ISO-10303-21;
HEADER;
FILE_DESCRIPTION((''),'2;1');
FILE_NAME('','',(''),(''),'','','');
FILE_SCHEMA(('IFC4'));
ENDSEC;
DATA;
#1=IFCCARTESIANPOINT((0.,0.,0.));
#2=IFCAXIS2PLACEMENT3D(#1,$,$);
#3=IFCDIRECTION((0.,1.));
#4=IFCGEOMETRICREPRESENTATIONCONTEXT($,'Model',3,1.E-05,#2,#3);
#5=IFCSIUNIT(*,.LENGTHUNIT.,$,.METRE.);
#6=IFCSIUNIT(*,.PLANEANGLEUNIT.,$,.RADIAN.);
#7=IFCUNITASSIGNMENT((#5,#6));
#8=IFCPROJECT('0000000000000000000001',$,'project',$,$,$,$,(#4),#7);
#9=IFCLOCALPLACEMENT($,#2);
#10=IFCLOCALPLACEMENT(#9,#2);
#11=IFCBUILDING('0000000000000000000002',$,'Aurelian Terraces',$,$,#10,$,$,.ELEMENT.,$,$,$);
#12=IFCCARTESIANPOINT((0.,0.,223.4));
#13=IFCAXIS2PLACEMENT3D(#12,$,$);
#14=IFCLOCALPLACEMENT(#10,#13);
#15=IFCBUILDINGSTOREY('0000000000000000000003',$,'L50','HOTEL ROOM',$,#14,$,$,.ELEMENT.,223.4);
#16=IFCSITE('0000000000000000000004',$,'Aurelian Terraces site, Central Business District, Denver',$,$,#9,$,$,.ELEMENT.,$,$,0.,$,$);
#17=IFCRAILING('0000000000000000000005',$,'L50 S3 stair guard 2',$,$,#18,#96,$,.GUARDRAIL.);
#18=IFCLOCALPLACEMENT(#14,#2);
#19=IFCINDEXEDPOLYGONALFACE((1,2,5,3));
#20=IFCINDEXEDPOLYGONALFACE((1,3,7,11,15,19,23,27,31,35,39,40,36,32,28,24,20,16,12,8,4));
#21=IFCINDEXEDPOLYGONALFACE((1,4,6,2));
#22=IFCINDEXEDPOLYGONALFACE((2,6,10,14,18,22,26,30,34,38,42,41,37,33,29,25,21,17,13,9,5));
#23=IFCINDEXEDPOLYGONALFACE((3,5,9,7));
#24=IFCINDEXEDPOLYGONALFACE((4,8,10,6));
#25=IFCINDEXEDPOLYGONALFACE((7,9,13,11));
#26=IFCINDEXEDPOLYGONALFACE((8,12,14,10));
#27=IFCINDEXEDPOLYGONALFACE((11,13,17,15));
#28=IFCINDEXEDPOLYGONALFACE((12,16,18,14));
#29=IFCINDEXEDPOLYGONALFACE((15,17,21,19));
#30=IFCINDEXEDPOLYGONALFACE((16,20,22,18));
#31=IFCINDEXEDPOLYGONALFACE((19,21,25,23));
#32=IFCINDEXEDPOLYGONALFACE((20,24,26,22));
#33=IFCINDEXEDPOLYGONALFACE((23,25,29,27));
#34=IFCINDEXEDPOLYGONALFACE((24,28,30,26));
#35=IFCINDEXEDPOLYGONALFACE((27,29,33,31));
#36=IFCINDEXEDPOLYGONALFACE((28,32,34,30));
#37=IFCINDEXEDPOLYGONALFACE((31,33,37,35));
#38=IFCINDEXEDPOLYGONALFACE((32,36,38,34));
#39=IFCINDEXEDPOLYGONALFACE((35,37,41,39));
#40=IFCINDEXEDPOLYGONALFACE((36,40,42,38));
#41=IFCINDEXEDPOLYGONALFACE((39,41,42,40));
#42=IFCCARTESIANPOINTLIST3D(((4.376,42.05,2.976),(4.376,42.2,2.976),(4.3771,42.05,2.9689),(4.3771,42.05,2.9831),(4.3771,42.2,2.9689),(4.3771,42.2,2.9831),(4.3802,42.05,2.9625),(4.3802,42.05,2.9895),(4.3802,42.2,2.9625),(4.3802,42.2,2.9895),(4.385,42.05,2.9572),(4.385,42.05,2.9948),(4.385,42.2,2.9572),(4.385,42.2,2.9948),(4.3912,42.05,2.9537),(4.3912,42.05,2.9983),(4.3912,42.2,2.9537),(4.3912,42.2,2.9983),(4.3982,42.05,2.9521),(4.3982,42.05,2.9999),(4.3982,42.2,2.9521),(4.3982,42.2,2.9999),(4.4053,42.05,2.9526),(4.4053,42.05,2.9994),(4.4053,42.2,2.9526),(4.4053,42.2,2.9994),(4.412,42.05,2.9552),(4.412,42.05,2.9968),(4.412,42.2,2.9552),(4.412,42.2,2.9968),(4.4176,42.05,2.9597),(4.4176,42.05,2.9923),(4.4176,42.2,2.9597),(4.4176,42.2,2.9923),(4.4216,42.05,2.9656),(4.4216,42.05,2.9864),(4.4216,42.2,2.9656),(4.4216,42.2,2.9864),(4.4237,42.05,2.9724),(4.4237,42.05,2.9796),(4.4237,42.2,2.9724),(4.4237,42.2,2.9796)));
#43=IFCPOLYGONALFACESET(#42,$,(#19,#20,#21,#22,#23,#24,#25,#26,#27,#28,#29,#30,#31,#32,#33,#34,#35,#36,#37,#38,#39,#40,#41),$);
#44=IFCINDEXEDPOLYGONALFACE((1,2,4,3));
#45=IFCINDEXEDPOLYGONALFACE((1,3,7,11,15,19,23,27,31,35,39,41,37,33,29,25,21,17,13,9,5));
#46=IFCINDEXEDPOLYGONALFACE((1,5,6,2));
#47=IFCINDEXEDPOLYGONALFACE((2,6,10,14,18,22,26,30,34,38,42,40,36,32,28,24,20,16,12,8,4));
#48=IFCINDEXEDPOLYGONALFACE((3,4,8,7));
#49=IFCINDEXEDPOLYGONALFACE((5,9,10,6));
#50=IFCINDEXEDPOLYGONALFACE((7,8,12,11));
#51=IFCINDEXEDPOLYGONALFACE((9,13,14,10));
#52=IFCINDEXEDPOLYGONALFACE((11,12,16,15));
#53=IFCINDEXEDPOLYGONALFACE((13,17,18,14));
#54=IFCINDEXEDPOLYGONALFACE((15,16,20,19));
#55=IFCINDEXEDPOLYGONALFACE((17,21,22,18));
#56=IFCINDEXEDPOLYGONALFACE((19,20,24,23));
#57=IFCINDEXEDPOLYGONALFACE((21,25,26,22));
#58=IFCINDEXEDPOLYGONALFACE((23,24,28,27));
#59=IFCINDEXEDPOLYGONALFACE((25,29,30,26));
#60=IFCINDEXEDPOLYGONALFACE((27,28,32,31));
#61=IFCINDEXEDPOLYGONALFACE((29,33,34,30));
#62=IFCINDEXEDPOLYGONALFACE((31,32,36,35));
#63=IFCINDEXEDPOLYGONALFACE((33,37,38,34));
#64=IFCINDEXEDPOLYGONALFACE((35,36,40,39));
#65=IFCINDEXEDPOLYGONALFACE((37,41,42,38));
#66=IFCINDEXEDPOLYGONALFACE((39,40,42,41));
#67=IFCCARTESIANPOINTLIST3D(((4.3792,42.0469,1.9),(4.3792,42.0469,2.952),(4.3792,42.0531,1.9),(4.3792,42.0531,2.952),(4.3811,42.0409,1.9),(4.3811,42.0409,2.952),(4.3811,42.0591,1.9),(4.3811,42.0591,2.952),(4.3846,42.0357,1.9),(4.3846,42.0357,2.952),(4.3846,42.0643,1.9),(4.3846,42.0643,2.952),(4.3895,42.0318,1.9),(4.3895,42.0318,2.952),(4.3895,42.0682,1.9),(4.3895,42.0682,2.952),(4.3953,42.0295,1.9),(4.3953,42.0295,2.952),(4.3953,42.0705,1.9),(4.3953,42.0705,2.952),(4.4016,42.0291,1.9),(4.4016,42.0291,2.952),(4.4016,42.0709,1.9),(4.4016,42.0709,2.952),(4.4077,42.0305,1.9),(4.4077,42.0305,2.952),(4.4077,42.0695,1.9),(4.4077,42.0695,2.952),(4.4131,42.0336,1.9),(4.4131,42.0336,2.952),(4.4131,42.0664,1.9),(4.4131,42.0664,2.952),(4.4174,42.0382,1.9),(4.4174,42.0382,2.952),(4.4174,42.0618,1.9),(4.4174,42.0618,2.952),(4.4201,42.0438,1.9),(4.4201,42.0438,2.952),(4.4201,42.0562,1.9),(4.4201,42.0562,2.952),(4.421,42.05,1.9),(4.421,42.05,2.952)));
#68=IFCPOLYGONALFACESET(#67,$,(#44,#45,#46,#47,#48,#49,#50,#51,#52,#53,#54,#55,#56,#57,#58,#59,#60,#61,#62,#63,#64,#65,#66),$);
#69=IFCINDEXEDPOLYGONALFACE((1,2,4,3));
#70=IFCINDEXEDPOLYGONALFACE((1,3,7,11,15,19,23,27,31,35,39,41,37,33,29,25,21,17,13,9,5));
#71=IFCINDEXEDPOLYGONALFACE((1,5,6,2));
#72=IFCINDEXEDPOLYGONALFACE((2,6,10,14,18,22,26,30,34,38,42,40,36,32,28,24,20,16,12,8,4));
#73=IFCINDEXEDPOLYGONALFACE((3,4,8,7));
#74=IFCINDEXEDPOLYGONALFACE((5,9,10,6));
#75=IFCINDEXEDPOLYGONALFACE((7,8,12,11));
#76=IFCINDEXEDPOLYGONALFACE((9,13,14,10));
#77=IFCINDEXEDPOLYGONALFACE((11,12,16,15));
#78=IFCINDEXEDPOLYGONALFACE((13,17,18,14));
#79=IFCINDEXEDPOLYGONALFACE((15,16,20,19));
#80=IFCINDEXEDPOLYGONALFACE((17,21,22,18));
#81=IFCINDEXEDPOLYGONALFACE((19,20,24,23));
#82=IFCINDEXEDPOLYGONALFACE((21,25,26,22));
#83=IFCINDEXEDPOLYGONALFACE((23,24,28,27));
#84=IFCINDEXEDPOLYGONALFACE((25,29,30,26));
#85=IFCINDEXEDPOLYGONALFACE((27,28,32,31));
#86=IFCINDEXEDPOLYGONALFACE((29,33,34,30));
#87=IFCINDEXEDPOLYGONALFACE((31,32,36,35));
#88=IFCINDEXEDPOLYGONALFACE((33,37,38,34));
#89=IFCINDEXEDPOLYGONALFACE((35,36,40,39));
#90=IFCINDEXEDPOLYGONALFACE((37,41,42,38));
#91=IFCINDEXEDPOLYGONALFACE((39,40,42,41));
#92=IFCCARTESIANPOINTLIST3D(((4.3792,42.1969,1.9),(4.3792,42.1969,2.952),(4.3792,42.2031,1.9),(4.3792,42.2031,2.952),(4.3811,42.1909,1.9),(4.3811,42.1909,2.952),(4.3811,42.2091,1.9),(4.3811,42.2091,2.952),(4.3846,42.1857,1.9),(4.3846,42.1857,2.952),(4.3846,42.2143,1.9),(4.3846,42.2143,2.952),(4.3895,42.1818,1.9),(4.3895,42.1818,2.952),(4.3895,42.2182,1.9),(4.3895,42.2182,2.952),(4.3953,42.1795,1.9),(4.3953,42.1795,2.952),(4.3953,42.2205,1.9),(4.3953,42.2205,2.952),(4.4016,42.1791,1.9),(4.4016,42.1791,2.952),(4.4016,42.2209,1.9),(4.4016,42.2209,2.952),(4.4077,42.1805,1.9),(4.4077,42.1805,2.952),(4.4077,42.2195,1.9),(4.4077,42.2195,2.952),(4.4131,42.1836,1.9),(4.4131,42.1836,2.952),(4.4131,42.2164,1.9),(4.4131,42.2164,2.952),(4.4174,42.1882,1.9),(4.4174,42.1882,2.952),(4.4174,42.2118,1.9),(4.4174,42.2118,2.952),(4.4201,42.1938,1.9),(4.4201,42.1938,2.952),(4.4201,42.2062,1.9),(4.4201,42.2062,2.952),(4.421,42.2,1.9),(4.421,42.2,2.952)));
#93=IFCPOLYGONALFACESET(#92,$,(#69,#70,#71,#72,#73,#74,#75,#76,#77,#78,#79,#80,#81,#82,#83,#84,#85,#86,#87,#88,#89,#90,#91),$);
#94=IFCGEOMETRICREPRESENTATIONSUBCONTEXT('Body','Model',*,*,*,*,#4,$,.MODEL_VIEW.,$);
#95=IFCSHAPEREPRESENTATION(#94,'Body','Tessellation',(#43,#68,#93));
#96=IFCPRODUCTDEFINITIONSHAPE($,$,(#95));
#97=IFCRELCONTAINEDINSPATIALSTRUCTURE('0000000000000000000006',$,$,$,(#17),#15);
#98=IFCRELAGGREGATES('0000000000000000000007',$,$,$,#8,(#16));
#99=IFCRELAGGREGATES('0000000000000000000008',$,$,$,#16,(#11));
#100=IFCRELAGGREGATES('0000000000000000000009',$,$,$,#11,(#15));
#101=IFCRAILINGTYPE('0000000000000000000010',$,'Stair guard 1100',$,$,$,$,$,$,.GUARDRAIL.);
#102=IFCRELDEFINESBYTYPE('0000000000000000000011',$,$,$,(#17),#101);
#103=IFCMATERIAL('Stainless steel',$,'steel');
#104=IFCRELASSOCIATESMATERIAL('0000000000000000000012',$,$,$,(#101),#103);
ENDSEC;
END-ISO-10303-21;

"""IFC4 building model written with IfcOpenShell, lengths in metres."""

from ifc_helpers import new_model, si_unit, direction, frame, origin, origin_2d, place, context, subcontext, project, spatial, circle, extrude, source, transform, mapped, material, type_object, element, save


model = new_model("IFC4")

# Units and contexts
model_context = context("Model", 3, precision=1e-05, world=origin(), true_north=direction((0.0, 1.0)))
body_context = subcontext(model_context, "Body", "Model", "MODEL_VIEW")
ifc_project = project(units=[si_unit("LENGTHUNIT", "METRE"), si_unit("PLANEANGLEUNIT", "RADIAN")], contexts=[model_context])

# Site, building, storey
site_placement = place(None, origin())
site = spatial("IfcSite", under=ifc_project, at=site_placement, Name="Aurelian Terraces site, Central Business District, Denver", CompositionType="ELEMENT", RefElevation=0.0)
building_placement = place(site_placement, origin())
building = spatial("IfcBuilding", under=site, at=building_placement, Name="Aurelian Terraces", CompositionType="ELEMENT")
storey_placement = place(building_placement, frame((0.0, 0.0, 223.4)))
storey = spatial("IfcBuildingStorey", under=building, at=storey_placement, Name="L50", Description="HOTEL ROOM", CompositionType="ELEMENT", Elevation=223.4)

# Railing
ifc_material_1 = material(Name="Stainless steel", Category="steel")
railing_type_1 = type_object("IfcRailingType", Name="Stair guard 1100", PredefinedType="GUARDRAIL", material=ifc_material_1)
shared_shape_1 = source(origin(), body_context, "Body", "SweptSolid", [
    extrude(circle(Radius=0.024, at=origin_2d()), frame((0.0, 0.0, 1.076), z_axis=(0.0, 1.0, 0.0), x_axis=(-1.0, 0.0, 0.0)), (0.0, 0.0, 1.0), 0.15),
    extrude(circle(Radius=0.021, at=origin_2d()), origin(), (0.0, 0.0, 1.0), 1.052),
    extrude(circle(Radius=0.021, at=origin_2d()), frame((0.0, 0.15, 0.0)), (0.0, 0.0, 1.0), 1.052),
])
railing_1_placement = place(storey_placement, frame((4.4, 42.05, 1.9)))
element("IfcRailing", 1, at=railing_1_placement, inside=storey, type_object=railing_type_1, Name="L50 S3 stair guard 2", PredefinedType="GUARDRAIL", context=body_context, shape_type="MappedRepresentation", body=[
    mapped(shared_shape_1, transform((0.0, 0.0, 0.0), scale=1.0)),
])

save(model, "model.ifc")
